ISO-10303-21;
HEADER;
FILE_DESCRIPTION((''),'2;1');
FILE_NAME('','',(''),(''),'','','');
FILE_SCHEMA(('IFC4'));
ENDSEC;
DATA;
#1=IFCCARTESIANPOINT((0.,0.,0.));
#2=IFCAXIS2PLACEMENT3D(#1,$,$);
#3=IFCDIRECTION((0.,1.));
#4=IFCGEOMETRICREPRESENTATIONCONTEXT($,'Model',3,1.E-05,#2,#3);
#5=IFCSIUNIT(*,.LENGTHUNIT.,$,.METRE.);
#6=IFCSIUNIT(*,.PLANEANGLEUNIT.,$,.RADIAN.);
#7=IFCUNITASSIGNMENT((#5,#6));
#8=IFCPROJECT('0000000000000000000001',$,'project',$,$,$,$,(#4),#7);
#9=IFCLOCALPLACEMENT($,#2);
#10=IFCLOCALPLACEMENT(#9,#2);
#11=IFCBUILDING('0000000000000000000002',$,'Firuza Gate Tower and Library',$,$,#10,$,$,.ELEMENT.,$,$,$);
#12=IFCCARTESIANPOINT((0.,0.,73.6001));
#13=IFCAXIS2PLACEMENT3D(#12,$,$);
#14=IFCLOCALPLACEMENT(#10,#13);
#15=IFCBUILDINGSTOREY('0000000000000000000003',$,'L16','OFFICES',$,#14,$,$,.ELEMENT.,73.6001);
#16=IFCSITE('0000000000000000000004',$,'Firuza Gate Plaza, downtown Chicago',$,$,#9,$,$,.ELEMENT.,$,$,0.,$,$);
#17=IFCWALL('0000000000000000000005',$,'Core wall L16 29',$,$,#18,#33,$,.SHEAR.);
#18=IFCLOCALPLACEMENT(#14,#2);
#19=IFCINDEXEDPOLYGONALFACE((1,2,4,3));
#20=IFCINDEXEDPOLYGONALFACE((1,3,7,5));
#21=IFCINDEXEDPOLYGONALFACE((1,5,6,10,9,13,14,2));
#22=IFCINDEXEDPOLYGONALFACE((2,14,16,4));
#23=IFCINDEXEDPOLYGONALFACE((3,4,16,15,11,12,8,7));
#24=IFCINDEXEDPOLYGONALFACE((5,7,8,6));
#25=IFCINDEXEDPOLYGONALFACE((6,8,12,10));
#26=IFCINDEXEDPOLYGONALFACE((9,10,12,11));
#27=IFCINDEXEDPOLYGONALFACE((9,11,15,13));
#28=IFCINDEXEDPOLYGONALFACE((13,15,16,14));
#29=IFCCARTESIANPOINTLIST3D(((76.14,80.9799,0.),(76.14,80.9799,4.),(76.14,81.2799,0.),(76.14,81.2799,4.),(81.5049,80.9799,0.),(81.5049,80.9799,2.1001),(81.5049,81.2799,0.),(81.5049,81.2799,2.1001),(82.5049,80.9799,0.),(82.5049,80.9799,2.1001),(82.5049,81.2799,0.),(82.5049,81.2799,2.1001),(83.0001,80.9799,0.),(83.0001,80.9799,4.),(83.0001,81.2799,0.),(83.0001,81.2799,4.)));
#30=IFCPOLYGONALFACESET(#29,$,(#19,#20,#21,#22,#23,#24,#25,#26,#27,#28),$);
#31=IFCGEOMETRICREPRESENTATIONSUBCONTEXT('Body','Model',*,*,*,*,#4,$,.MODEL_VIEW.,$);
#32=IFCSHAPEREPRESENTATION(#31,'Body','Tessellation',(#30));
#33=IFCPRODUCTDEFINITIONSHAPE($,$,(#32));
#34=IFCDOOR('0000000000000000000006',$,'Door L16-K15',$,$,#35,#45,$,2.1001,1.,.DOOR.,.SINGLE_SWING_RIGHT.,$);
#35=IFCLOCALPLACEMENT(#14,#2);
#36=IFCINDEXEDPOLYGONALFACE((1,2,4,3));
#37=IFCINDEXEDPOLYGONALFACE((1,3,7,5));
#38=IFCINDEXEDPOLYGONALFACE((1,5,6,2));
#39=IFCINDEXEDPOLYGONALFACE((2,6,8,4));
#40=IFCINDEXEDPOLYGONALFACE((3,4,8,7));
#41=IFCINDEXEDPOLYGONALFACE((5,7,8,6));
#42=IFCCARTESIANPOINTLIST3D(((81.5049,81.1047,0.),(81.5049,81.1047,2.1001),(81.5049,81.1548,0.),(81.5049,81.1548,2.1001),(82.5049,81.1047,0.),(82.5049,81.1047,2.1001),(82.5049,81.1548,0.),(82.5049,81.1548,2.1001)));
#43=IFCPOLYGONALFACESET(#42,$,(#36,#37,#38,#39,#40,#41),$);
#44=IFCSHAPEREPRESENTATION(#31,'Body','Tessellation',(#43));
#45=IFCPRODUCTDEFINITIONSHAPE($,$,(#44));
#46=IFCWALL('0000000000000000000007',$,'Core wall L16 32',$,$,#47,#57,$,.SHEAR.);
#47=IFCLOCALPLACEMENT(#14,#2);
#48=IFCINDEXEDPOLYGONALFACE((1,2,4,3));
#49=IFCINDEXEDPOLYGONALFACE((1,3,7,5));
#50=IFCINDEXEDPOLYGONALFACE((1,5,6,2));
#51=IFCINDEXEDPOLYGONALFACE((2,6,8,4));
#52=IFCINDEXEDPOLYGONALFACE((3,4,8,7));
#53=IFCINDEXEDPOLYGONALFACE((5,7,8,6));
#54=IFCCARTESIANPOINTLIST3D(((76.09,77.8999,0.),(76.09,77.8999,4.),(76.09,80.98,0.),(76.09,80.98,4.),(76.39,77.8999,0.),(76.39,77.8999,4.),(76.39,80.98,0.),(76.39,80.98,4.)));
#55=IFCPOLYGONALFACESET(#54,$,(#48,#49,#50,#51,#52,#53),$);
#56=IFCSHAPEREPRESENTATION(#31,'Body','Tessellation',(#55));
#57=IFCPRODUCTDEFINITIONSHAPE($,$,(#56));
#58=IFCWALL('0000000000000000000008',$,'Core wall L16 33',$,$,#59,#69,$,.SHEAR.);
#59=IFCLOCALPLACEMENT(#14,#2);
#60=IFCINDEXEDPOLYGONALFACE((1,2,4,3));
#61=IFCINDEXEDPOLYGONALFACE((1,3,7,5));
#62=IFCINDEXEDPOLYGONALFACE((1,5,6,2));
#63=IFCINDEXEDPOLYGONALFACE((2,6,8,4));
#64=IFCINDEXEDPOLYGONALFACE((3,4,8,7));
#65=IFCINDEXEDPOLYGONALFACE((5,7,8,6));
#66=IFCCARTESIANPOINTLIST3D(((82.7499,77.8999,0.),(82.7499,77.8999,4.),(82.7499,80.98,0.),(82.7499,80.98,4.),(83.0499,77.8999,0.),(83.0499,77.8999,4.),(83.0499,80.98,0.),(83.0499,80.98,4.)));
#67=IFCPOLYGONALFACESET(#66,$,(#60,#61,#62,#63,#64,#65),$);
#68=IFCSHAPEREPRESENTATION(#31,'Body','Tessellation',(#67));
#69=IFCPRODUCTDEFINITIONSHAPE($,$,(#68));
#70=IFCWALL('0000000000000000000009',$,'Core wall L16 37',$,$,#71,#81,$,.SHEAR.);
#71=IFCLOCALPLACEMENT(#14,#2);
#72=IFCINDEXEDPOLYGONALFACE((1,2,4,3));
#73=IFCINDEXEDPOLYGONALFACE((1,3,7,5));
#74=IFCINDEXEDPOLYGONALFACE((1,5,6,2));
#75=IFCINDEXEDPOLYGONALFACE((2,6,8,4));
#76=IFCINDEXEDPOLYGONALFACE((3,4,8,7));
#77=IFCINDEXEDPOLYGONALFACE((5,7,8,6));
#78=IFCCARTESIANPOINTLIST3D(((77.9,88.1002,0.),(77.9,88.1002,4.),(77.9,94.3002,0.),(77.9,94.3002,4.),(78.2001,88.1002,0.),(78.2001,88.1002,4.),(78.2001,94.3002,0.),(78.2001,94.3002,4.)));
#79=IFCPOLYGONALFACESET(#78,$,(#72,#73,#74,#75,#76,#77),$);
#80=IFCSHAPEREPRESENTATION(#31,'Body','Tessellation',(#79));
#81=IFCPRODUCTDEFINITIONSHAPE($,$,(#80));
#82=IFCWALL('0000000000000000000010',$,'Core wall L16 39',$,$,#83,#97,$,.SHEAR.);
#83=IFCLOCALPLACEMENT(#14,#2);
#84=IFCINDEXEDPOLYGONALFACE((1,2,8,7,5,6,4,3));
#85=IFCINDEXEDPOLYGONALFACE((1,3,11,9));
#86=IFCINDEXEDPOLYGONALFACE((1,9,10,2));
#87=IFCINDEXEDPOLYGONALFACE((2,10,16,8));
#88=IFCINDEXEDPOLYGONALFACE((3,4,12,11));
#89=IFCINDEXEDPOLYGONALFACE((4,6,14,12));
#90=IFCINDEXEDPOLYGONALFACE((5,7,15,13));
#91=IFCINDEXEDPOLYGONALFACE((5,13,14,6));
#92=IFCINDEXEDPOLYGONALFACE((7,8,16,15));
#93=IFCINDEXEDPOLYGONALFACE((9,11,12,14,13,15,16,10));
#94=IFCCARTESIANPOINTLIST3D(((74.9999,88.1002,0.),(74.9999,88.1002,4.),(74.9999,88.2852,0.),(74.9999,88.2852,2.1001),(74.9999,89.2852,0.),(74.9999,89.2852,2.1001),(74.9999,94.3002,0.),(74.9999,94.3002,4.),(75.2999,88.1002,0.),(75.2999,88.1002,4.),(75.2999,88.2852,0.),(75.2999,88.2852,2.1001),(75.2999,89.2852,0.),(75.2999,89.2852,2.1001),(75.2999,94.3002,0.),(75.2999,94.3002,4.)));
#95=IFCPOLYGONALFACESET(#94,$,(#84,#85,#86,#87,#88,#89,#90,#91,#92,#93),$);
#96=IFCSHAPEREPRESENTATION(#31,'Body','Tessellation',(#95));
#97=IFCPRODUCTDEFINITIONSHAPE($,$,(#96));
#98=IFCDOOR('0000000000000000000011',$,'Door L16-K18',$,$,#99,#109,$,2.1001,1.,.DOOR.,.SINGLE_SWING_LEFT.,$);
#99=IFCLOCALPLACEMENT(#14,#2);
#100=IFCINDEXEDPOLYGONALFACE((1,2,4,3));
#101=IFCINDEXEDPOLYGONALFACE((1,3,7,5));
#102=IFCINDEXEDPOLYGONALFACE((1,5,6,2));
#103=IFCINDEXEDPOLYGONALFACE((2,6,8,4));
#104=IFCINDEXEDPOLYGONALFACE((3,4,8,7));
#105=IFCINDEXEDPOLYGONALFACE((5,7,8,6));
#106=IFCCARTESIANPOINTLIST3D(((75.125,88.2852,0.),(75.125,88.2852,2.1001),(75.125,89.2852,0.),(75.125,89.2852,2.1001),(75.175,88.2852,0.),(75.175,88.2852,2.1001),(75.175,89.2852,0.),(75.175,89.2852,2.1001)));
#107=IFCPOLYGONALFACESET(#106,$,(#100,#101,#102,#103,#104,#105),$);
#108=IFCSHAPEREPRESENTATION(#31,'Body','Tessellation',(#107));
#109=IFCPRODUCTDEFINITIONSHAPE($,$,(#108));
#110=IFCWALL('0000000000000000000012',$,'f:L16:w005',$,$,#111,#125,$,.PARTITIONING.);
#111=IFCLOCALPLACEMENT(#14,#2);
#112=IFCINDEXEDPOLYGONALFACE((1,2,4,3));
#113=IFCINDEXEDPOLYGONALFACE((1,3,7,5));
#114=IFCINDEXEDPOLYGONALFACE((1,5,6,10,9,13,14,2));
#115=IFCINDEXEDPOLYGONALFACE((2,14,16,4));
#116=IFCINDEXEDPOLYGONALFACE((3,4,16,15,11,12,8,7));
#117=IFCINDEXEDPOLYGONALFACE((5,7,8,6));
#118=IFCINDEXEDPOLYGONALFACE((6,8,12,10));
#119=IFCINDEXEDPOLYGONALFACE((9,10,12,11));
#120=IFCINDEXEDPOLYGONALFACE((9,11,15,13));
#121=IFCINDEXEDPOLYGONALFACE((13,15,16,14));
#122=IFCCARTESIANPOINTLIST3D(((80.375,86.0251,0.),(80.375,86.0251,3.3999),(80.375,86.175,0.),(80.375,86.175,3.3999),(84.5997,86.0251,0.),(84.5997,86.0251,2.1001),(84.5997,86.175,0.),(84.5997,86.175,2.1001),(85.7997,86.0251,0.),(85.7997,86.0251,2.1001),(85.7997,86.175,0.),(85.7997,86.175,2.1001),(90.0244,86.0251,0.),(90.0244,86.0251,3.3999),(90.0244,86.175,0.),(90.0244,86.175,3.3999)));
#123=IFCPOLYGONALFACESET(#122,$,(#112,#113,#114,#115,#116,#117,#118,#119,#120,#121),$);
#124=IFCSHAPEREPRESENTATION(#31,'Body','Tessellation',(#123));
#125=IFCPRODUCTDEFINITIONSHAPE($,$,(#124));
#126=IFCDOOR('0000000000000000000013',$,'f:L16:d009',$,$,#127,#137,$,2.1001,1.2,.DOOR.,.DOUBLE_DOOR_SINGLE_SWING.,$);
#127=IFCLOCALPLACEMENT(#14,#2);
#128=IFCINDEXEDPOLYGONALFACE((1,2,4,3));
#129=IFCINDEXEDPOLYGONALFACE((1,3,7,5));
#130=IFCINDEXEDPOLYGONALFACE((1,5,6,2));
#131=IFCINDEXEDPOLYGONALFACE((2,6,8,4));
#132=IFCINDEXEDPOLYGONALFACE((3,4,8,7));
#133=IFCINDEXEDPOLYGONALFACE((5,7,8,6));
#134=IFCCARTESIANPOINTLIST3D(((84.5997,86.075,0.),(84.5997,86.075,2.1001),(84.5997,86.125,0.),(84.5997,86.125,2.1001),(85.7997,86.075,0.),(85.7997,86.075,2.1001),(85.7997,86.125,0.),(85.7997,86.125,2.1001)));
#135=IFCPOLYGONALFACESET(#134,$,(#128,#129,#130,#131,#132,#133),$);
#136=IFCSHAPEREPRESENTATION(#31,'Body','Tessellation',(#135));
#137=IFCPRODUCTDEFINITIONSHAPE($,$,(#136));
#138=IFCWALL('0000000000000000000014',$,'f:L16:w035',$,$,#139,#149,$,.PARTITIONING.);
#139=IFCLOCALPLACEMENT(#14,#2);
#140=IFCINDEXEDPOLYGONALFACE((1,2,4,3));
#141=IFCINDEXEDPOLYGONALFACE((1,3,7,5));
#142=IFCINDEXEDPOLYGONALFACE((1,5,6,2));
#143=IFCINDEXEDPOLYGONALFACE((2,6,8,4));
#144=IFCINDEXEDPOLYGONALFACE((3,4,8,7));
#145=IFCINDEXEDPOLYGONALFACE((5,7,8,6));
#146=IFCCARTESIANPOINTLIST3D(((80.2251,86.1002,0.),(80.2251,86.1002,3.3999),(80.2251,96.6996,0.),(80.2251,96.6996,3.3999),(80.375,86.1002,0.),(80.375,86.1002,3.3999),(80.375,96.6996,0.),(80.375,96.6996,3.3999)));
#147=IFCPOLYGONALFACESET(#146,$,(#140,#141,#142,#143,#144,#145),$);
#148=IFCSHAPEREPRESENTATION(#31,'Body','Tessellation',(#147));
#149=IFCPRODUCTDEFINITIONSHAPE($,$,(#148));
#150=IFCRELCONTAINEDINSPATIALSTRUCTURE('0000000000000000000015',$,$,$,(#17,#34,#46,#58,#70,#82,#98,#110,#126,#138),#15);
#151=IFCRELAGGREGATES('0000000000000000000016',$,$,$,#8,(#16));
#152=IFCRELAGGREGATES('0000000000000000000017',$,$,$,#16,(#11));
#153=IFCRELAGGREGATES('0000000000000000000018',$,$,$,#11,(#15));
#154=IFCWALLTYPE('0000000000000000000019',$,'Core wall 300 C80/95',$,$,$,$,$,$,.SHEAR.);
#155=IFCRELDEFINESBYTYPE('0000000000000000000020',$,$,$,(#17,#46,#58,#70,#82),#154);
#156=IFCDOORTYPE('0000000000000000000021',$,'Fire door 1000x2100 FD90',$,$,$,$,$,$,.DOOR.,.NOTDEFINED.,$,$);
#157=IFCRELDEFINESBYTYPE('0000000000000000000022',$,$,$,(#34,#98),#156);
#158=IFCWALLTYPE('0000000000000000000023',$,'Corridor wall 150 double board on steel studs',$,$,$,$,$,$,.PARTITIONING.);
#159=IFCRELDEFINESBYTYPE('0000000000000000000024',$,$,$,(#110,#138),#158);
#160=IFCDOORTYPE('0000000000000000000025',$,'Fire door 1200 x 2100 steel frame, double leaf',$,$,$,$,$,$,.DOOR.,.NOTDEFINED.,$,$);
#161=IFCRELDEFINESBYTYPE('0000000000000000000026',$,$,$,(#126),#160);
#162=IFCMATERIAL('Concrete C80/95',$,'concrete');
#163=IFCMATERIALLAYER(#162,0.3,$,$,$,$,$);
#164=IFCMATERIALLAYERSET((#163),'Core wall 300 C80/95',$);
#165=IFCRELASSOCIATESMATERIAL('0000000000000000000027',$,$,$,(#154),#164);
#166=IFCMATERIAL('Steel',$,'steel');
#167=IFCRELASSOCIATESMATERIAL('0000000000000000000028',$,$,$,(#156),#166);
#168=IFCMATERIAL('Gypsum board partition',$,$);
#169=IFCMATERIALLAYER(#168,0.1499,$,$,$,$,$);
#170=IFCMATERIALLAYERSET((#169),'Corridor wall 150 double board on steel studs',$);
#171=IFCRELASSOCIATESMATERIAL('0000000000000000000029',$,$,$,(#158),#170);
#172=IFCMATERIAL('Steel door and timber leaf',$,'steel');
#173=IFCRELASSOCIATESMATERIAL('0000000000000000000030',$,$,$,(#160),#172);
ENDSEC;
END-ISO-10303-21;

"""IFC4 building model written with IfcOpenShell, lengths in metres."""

from ifc_helpers import new_model, si_unit, direction, frame, frame_2d, origin, place, context, subcontext, project, spatial, rectangle, extrude, material, layer, layer_set, type_object, element, fill, save


model = new_model("IFC4")

# Units and contexts
model_context = context("Model", 3, precision=1e-05, world=origin(), true_north=direction((0.0, 1.0)))
body_context = subcontext(model_context, "Body", "Model", "MODEL_VIEW")
ifc_project = project(units=[si_unit("LENGTHUNIT", "METRE"), si_unit("PLANEANGLEUNIT", "RADIAN")], contexts=[model_context])

# Site, building, storey
site_placement = place(None, origin())
site = spatial("IfcSite", under=ifc_project, at=site_placement, Name="Firuza Gate Plaza, downtown Chicago", CompositionType="ELEMENT", RefElevation=0.0)
building_placement = place(site_placement, origin())
building = spatial("IfcBuilding", under=site, at=building_placement, Name="Firuza Gate Tower and Library", CompositionType="ELEMENT")
storey_placement = place(building_placement, frame((0.0, 0.0, 73.6001)))
storey = spatial("IfcBuildingStorey", under=building, at=storey_placement, Name="L16", Description="OFFICES", CompositionType="ELEMENT", Elevation=73.6001)

# Shared definitions
ifc_material_1 = material(Name="Concrete C80/95", Category="concrete")
ifc_layer_1 = layer(ifc_material_1, 0.3)
ifc_layer_set_1 = layer_set([ifc_layer_1], Name="Core wall 300 C80/95")
wall_type_1 = type_object("IfcWallType", Name="Core wall 300 C80/95", PredefinedType="SHEAR", material=ifc_layer_set_1)

# Wall, opening, door
wall_1_placement = place(storey_placement, frame((76.1399, 81.1299, 0.0), z_axis=(0.0, 0.0, 1.0), x_axis=(1.0, 0.0, 0.0)))
wall_1 = element("IfcWall", 1, at=wall_1_placement, inside=storey, type_object=wall_type_1, Name="Core wall L16 29", PredefinedType="SHEAR", context=body_context, shape_type="SweptSolid", body=[
    extrude(rectangle(XDim=6.8601, YDim=0.3, at=frame_2d((3.4302, 0.0))), origin(), (0.0, 0.0, 1.0), 4.0),
])
opening_1_placement = place(wall_1_placement, frame((5.365, 0.0, 0.0)))
opening_1 = element("IfcOpeningElement", 2, at=opening_1_placement, cuts=wall_1, PredefinedType="OPENING", context=body_context, shape_type="SweptSolid", body=[
    extrude(rectangle(XDim=1.0, YDim=2.1001, at=frame_2d((0.5, 1.05))), frame((0.0, 0.1602, 0.0), z_axis=(0.0, -1.0, 0.0), x_axis=(1.0, 0.0, 0.0)), (0.0, 0.0, 1.0), 0.3201),
])
ifc_material_2 = material(Name="Steel", Category="steel")
door_type_1 = type_object("IfcDoorType", Name="Fire door 1000x2100 FD90", OperationType="NOTDEFINED", PredefinedType="DOOR", material=ifc_material_2)
door_1_placement = place(opening_1_placement, origin())
door_1 = element("IfcDoor", 3, at=door_1_placement, inside=storey, type_object=door_type_1, Name="Door L16-K15", OperationType="SINGLE_SWING_RIGHT", OverallHeight=2.1001, OverallWidth=1.0, PredefinedType="DOOR", context=body_context, shape_type="SweptSolid", body=[
    extrude(rectangle(XDim=1.0, YDim=2.1001, at=frame_2d((0.5, 1.05))), frame((0.0, 0.0249, 0.0), z_axis=(0.0, -1.0, 0.0), x_axis=(1.0, 0.0, 0.0)), (0.0, 0.0, 1.0), 0.05),
])
fill(opening_1, door_1)

# Walls
for number, where, z_axis, x_axis, name in (
    (4, (76.24, 77.8999, 0.0), (0.0, 0.0, 1.0), (0.0, 1.0, 0.0), "Core wall L16 32"),
    (5, (82.8999, 77.8999, 0.0), (0.0, 0.0, 1.0), (0.0, 1.0, 0.0), "Core wall L16 33"),
):
    element("IfcWall", number, at=place(storey_placement, frame(where, z_axis=z_axis, x_axis=x_axis)), inside=storey, type_object=wall_type_1, Name=name, PredefinedType="SHEAR", context=body_context, shape_type="SweptSolid", body=[
        extrude(rectangle(XDim=3.0801, YDim=0.3, at=frame_2d((1.54, 0.0))), origin(), (0.0, 0.0, 1.0), 4.0),
    ])
wall_2_placement = place(storey_placement, frame((78.05, 88.1001, 0.0), z_axis=(0.0, 0.0, 1.0), x_axis=(0.0, 1.0, 0.0)))
element("IfcWall", 6, at=wall_2_placement, inside=storey, type_object=wall_type_1, Name="Core wall L16 37", PredefinedType="SHEAR", context=body_context, shape_type="SweptSolid", body=[
    extrude(rectangle(XDim=6.2, YDim=0.3, at=frame_2d((3.1001, 0.0))), origin(), (0.0, 0.0, 1.0), 4.0),
])

# Walls, openings, doors
wall_3_placement = place(storey_placement, frame((75.1499, 88.1001, 0.0), z_axis=(0.0, 0.0, 1.0), x_axis=(0.0, 1.0, 0.0)))
wall_3 = element("IfcWall", 7, at=wall_3_placement, inside=storey, type_object=wall_type_1, Name="Core wall L16 39", PredefinedType="SHEAR", context=body_context, shape_type="SweptSolid", body=[
    extrude(rectangle(XDim=6.2, YDim=0.3, at=frame_2d((3.1001, 0.0))), origin(), (0.0, 0.0, 1.0), 4.0),
])
opening_2_placement = place(wall_3_placement, frame((0.1851, 0.0, 0.0)))
opening_2 = element("IfcOpeningElement", 8, at=opening_2_placement, cuts=wall_3, PredefinedType="OPENING", context=body_context, shape_type="SweptSolid", body=[
    extrude(rectangle(XDim=1.0, YDim=2.1001, at=frame_2d((0.5, 1.05))), frame((0.0, 0.1602, 0.0), z_axis=(0.0, -1.0, 0.0), x_axis=(1.0, 0.0, 0.0)), (0.0, 0.0, 1.0), 0.3201),
])
door_2_placement = place(opening_2_placement, origin())
door_2 = element("IfcDoor", 9, at=door_2_placement, inside=storey, type_object=door_type_1, Name="Door L16-K18", OperationType="SINGLE_SWING_LEFT", OverallHeight=2.1001, OverallWidth=1.0, PredefinedType="DOOR", context=body_context, shape_type="SweptSolid", body=[
    extrude(rectangle(XDim=1.0, YDim=2.1001, at=frame_2d((0.5, 1.05))), frame((0.0, 0.0249, 0.0), z_axis=(0.0, -1.0, 0.0), x_axis=(1.0, 0.0, 0.0)), (0.0, 0.0, 1.0), 0.05),
])
fill(opening_2, door_2)
ifc_material_3 = material(Name="Gypsum board partition")
ifc_layer_2 = layer(ifc_material_3, 0.1499)
ifc_layer_set_2 = layer_set([ifc_layer_2], Name="Corridor wall 150 double board on steel studs")
wall_type_2 = type_object("IfcWallType", Name="Corridor wall 150 double board on steel studs", PredefinedType="PARTITIONING", material=ifc_layer_set_2)
wall_4_placement = place(storey_placement, frame((80.375, 86.1001, 0.0), z_axis=(0.0, 0.0, 1.0), x_axis=(1.0, 0.0, 0.0)))
wall_4 = element("IfcWall", 10, at=wall_4_placement, inside=storey, type_object=wall_type_2, Name="f:L16:w005", PredefinedType="PARTITIONING", context=body_context, shape_type="SweptSolid", body=[
    extrude(rectangle(XDim=9.6494, YDim=0.1499, at=frame_2d((4.8247, 0.0))), origin(), (0.0, 0.0, 1.0), 3.3999),
])
opening_3_placement = place(wall_4_placement, frame((4.2246, 0.0, 0.0)))
opening_3 = element("IfcOpeningElement", 11, at=opening_3_placement, cuts=wall_4, PredefinedType="OPENING", context=body_context, shape_type="SweptSolid", body=[
    extrude(rectangle(XDim=1.2, YDim=2.1001, at=frame_2d((0.6001, 1.05))), frame((0.0, 0.085, 0.0), z_axis=(0.0, -1.0, 0.0), x_axis=(1.0, 0.0, 0.0)), (0.0, 0.0, 1.0), 0.1699),
])
ifc_material_4 = material(Name="Steel door and timber leaf", Category="steel")
door_type_2 = type_object("IfcDoorType", Name="Fire door 1200 x 2100 steel frame, double leaf", OperationType="NOTDEFINED", PredefinedType="DOOR", material=ifc_material_4)
door_3_placement = place(opening_3_placement, origin())
door_3 = element("IfcDoor", 12, at=door_3_placement, inside=storey, type_object=door_type_2, Name="f:L16:d009", OperationType="DOUBLE_DOOR_SINGLE_SWING", OverallHeight=2.1001, OverallWidth=1.2, PredefinedType="DOOR", context=body_context, shape_type="SweptSolid", body=[
    extrude(rectangle(XDim=1.2, YDim=2.1001, at=frame_2d((0.6001, 1.05))), frame((0.0, 0.0249, 0.0), z_axis=(0.0, -1.0, 0.0), x_axis=(1.0, 0.0, 0.0)), (0.0, 0.0, 1.0), 0.05),
])
fill(opening_3, door_3)

# Wall
wall_5_placement = place(storey_placement, frame((80.3, 86.1001, 0.0), z_axis=(0.0, 0.0, 1.0), x_axis=(0.0, 1.0, 0.0)))
element("IfcWall", 13, at=wall_5_placement, inside=storey, type_object=wall_type_2, Name="f:L16:w035", PredefinedType="PARTITIONING", context=body_context, shape_type="SweptSolid", body=[
    extrude(rectangle(XDim=10.5994, YDim=0.1499, at=frame_2d((5.2998, 0.0))), origin(), (0.0, 0.0, 1.0), 3.3999),
])

save(model, "model.ifc")
